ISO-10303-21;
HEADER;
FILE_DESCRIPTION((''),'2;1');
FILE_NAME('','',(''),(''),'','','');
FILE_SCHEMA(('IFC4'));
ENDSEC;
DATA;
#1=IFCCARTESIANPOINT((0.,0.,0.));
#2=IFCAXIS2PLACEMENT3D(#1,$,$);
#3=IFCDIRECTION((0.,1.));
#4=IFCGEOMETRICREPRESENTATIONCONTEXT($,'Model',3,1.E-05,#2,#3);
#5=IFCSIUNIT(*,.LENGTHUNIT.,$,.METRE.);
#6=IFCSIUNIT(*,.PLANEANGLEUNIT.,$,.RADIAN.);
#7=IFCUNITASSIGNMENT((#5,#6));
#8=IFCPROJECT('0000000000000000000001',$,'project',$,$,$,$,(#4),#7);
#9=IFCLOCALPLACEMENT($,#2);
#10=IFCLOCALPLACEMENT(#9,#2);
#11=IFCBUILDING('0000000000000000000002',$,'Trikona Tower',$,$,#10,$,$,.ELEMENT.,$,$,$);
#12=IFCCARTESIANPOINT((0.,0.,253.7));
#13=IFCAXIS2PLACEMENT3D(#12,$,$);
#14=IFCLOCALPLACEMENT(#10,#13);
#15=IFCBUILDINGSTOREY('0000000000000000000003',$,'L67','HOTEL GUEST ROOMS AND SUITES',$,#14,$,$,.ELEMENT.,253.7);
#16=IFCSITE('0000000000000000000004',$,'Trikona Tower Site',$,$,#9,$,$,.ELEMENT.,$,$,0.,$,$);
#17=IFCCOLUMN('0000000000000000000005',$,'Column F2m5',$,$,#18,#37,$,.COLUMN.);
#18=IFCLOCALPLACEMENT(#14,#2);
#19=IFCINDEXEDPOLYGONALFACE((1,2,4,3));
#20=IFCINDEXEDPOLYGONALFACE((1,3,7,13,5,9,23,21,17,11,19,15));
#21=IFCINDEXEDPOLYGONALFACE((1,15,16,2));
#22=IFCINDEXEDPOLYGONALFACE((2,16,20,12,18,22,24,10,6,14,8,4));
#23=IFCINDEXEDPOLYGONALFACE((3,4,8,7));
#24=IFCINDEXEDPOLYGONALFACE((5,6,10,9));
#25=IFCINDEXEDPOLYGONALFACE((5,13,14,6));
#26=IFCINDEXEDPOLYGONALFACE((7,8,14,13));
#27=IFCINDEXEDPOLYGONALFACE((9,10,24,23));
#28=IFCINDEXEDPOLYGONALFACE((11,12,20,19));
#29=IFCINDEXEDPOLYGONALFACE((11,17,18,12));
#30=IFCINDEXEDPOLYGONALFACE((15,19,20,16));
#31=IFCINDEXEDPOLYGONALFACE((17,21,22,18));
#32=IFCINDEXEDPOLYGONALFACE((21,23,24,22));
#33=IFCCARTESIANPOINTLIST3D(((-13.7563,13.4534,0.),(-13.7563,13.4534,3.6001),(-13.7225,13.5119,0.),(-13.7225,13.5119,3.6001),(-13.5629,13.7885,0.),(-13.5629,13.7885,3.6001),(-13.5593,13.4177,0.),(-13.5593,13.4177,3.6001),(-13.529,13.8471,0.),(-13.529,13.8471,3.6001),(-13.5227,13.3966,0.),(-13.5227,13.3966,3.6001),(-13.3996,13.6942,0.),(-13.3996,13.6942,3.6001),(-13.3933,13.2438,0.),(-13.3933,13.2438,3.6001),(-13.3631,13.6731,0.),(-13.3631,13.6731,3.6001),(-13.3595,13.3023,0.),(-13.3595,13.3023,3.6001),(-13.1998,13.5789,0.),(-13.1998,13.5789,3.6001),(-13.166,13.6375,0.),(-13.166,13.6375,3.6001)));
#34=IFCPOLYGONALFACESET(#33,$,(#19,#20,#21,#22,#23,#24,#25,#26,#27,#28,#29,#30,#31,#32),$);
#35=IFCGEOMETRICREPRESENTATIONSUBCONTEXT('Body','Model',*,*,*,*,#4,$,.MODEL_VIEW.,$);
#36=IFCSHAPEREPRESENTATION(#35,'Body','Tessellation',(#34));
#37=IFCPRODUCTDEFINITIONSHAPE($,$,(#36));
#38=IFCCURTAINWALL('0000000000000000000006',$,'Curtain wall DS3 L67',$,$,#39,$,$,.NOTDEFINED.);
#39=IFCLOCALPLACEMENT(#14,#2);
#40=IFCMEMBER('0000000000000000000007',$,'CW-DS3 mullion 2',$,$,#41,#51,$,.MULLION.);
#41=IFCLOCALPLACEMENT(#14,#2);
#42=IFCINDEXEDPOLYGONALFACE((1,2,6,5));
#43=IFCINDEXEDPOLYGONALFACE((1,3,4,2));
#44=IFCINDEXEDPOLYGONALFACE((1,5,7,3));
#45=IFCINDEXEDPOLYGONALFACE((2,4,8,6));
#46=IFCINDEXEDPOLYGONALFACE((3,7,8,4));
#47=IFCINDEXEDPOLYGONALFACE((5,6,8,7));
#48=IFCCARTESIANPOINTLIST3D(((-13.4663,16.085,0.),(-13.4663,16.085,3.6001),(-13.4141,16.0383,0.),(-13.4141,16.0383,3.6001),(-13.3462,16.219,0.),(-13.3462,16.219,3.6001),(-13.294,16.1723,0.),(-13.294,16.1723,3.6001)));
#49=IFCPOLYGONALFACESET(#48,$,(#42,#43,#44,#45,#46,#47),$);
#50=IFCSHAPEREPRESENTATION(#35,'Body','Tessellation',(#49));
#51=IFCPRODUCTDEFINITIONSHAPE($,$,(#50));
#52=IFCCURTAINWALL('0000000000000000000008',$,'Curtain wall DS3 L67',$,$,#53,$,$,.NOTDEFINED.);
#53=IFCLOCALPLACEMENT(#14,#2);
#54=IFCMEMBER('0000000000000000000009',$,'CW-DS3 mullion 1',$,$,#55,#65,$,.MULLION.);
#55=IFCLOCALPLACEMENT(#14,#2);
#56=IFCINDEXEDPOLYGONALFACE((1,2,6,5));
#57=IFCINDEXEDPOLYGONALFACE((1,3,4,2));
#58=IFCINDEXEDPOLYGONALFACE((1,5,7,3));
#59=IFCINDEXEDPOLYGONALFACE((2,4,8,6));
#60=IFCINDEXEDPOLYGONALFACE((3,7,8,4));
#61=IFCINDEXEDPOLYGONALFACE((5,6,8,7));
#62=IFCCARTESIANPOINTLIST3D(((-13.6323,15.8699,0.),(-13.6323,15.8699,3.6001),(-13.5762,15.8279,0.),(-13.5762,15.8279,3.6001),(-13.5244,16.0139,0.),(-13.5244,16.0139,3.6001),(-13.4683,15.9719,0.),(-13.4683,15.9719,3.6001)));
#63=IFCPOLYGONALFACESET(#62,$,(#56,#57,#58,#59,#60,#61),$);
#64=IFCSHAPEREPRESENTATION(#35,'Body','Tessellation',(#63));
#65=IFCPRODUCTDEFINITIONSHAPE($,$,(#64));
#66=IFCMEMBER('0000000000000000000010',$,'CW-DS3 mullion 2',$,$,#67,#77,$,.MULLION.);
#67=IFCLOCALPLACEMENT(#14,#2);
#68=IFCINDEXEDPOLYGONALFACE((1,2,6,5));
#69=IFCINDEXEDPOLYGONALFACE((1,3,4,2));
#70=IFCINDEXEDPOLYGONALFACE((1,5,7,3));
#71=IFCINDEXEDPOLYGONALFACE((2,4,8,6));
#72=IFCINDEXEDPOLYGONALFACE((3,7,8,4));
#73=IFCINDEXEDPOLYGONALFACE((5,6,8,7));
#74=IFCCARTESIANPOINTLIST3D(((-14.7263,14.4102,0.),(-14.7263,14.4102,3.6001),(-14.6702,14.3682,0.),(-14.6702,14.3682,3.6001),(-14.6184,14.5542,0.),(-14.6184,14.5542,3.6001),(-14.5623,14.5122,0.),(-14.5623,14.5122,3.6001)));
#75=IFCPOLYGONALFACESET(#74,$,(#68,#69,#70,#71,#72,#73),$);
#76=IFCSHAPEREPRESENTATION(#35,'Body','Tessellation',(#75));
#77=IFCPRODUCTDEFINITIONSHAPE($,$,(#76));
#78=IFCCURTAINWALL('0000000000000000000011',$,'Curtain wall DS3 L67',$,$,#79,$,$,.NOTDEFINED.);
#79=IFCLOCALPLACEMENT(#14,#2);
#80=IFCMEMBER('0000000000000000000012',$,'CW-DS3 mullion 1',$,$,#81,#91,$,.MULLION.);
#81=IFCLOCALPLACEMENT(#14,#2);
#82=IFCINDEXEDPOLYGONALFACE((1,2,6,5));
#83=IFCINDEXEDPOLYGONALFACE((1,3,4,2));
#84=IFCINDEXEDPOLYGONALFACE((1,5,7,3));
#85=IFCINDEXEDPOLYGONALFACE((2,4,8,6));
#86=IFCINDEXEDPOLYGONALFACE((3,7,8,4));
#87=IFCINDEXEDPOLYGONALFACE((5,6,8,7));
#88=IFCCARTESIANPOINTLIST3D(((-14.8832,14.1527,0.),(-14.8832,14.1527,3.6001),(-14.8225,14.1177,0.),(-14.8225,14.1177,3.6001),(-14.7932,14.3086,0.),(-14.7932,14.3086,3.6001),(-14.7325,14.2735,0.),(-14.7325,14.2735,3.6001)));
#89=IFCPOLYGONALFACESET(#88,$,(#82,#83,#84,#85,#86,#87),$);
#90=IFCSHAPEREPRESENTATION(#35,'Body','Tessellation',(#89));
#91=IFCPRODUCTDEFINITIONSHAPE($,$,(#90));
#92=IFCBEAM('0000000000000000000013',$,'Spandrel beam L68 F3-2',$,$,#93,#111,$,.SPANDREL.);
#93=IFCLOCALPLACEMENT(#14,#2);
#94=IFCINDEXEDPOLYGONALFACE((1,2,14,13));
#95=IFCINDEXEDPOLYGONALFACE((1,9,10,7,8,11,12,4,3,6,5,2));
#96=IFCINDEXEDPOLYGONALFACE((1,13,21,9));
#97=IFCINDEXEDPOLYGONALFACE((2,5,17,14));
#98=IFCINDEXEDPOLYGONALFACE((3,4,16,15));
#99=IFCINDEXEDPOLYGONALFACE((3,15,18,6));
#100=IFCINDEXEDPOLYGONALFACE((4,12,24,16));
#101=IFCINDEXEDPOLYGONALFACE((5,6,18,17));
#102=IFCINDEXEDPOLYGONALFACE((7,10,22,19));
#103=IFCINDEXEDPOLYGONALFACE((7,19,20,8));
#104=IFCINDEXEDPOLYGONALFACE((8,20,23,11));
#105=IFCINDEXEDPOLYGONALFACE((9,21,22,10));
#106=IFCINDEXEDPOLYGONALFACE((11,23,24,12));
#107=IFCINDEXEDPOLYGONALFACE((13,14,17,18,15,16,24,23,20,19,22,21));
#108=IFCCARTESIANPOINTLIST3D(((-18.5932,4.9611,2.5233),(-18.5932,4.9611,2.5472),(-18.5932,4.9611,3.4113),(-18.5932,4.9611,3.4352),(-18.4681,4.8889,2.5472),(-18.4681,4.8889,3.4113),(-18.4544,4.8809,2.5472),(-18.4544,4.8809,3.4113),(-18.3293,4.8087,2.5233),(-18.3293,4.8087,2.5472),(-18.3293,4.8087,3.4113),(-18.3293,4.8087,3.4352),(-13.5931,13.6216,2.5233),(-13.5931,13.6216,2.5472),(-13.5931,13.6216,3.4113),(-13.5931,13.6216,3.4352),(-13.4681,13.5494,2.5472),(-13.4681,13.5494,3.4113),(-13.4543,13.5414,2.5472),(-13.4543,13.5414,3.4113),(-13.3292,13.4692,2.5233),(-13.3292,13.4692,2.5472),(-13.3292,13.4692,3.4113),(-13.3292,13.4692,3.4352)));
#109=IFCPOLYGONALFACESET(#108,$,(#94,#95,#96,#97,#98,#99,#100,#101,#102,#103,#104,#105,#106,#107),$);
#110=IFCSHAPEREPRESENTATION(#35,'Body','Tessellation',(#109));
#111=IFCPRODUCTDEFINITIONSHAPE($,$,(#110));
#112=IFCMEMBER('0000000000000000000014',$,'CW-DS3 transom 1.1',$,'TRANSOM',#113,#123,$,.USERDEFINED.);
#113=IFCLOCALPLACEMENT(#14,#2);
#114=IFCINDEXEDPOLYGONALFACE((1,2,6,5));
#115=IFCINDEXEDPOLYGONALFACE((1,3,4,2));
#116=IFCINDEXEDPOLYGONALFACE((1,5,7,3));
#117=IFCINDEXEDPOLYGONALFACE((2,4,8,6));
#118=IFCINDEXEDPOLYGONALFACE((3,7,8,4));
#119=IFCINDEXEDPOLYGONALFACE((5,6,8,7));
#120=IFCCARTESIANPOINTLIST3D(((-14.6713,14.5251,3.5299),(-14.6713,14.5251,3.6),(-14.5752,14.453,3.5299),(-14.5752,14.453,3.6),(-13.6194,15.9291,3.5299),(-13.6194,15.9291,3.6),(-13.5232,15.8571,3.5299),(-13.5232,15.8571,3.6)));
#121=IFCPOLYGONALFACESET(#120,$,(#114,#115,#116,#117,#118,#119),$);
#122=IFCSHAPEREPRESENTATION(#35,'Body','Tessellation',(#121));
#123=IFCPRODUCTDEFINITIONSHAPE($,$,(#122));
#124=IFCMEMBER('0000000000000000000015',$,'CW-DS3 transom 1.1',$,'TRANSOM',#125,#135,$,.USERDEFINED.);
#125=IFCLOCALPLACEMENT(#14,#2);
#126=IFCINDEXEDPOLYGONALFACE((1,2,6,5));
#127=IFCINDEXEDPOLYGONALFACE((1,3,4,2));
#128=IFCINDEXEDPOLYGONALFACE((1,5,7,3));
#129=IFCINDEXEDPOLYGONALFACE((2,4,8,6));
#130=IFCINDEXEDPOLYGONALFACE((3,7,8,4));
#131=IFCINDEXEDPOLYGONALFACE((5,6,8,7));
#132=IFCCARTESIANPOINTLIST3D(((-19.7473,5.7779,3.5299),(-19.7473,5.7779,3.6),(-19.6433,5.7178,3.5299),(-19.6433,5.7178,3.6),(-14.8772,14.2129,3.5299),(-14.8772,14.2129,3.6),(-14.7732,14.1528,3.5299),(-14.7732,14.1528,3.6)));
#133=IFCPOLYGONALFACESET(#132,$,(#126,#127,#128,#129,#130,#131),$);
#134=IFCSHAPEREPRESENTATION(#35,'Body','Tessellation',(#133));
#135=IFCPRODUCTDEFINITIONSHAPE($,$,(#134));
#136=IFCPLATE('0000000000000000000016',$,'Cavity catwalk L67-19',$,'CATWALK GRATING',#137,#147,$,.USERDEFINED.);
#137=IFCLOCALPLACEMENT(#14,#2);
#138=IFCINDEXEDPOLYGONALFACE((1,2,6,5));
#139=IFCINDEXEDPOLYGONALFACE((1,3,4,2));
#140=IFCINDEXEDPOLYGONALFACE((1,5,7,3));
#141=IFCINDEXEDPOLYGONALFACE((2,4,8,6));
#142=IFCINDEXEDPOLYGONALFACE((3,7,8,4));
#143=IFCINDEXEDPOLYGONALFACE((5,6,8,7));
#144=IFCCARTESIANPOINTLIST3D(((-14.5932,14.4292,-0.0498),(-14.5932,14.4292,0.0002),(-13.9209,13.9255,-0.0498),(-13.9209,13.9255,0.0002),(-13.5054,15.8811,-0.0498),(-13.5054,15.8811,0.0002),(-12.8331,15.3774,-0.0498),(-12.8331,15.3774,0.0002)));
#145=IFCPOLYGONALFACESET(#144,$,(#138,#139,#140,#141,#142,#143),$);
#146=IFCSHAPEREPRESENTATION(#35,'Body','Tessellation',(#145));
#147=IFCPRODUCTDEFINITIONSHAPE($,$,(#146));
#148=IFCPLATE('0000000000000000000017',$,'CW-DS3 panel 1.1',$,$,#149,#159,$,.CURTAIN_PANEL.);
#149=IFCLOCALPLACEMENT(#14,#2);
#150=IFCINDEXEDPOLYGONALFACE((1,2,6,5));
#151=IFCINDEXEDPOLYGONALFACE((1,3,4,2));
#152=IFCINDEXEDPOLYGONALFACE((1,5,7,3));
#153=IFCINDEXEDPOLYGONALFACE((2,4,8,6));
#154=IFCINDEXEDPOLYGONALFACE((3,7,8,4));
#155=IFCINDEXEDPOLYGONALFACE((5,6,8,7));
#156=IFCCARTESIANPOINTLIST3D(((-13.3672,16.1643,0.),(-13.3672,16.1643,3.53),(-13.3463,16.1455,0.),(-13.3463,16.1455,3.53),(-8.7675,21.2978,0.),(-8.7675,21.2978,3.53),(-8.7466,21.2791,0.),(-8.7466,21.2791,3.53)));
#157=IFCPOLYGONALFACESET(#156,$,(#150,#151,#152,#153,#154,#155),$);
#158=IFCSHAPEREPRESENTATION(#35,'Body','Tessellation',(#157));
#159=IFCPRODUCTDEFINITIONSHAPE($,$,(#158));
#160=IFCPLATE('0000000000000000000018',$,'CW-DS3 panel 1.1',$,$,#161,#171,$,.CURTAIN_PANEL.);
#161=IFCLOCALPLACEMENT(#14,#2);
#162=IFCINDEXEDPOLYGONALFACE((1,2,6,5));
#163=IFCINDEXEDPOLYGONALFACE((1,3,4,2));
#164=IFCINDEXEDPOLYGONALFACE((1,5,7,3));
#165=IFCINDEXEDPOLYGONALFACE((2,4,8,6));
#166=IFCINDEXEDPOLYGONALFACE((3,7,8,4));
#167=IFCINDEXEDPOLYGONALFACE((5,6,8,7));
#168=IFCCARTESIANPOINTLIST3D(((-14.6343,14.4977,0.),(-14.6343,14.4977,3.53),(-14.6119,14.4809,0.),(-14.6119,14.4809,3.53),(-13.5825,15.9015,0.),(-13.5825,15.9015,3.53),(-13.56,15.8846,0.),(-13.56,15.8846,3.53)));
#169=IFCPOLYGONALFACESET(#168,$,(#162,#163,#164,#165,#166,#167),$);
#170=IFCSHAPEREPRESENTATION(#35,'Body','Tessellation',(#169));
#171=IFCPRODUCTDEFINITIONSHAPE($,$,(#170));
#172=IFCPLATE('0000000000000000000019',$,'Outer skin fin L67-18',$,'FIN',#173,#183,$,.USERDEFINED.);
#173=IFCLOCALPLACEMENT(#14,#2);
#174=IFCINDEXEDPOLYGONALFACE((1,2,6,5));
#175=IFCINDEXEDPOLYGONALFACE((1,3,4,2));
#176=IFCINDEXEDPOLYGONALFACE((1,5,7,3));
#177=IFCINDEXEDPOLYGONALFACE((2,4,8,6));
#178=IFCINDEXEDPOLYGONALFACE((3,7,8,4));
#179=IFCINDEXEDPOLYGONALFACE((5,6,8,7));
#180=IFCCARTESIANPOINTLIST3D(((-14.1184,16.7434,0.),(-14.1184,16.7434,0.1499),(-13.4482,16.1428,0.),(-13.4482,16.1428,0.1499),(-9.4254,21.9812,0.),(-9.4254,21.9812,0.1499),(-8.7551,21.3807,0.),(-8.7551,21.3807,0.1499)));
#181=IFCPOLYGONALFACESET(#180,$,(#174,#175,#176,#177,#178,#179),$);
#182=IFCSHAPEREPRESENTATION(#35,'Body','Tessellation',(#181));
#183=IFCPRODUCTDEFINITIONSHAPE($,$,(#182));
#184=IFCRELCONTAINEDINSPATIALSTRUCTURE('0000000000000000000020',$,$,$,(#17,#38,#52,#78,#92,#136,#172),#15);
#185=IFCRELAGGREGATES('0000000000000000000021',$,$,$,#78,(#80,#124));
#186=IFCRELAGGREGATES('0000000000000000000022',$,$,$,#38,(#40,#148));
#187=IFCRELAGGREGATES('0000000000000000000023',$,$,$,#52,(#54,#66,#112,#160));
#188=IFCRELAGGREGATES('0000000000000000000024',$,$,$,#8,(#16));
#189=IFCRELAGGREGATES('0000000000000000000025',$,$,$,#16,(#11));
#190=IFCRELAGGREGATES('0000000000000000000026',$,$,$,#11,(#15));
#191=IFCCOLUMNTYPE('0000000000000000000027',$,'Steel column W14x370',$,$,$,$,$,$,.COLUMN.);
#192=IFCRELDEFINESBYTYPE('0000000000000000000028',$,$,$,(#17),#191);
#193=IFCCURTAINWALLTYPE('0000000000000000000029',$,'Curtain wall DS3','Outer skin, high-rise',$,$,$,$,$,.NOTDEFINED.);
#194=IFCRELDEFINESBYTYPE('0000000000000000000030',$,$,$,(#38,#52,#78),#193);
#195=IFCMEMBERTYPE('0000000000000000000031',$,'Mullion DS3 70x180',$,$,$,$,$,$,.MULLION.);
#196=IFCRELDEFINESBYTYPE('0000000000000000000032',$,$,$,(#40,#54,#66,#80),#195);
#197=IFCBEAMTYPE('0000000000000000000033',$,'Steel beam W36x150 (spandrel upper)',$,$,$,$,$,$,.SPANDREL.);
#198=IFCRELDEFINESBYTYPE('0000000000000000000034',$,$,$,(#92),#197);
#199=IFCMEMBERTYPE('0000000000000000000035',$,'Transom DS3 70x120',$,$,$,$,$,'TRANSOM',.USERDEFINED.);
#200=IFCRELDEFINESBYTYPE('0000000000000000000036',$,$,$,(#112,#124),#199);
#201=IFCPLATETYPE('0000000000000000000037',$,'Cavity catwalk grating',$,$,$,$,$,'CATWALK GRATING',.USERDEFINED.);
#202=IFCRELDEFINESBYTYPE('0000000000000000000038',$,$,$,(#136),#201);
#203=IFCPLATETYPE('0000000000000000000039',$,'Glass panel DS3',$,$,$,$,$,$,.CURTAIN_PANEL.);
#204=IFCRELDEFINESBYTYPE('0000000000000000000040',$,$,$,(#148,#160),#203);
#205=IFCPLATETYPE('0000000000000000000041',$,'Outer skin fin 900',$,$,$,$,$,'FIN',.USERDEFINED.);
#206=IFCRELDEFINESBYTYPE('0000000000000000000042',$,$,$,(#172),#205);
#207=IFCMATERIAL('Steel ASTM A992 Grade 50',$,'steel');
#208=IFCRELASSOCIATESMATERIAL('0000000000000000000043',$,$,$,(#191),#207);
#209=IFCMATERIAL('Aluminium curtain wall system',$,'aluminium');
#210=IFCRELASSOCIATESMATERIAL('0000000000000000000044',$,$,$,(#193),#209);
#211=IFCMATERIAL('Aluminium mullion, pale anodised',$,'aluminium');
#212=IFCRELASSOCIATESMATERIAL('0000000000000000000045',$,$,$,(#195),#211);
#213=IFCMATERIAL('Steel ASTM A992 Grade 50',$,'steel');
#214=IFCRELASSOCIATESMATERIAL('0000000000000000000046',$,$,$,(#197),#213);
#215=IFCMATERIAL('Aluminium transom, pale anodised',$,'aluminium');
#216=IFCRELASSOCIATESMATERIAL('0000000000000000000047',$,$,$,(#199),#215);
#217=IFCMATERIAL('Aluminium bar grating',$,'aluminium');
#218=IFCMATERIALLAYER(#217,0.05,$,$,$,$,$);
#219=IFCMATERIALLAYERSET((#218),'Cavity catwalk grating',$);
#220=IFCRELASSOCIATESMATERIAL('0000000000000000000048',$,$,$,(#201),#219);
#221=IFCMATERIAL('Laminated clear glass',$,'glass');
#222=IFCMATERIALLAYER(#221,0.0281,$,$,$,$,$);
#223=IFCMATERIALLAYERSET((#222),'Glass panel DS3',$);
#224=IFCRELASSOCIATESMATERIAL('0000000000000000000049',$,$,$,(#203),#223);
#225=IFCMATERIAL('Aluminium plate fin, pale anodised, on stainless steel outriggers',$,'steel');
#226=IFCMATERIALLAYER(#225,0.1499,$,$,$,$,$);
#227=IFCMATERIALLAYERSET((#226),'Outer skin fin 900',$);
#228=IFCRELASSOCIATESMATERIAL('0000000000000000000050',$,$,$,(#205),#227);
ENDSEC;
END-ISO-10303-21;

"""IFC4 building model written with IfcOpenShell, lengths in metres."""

from ifc_helpers import new_model, si_unit, direction, frame, origin, origin_2d, place, context, subcontext, project, spatial, rectangle, i_section, extrude, material, layer, layer_set, material_profile, profile_set, type_object, element, aggregate, save


model = new_model("IFC4")

# Units and contexts
model_context = context("Model", 3, precision=1e-05, world=origin(), true_north=direction((0.0, 1.0)))
body_context = subcontext(model_context, "Body", "Model", "MODEL_VIEW")
ifc_project = project(units=[si_unit("LENGTHUNIT", "METRE"), si_unit("PLANEANGLEUNIT", "RADIAN")], contexts=[model_context])

# Site, building, storey
site_placement = place(None, origin())
site = spatial("IfcSite", under=ifc_project, at=site_placement, Name="Trikona Tower Site", CompositionType="ELEMENT", RefElevation=0.0)
building_placement = place(site_placement, origin())
building = spatial("IfcBuilding", under=site, at=building_placement, Name="Trikona Tower", CompositionType="ELEMENT")
storey_placement = place(building_placement, frame((0.0, 0.0, 253.7)))
storey = spatial("IfcBuildingStorey", under=building, at=storey_placement, Name="L67", Description="HOTEL GUEST ROOMS AND SUITES", CompositionType="ELEMENT", Elevation=253.7)

# Column
ifc_material_1 = material(Name="Steel ASTM A992 Grade 50", Category="steel")
ifc_material_profile_1 = material_profile(ifc_material_1, i_section(OverallWidth=0.4192, OverallDepth=0.4546, WebThickness=0.0422, FlangeThickness=0.0676, at=origin_2d()), Name="W14X370")
ifc_profile_set_1 = profile_set([ifc_material_profile_1], Name="Steel ASTM A992 Grade 50")
column_type = type_object("IfcColumnType", Name="Steel column W14x370", PredefinedType="COLUMN", material=ifc_profile_set_1)
column_placement = place(storey_placement, frame((-13.4612, 13.5454, 0.0), z_axis=(0.0, 0.0, 1.0), x_axis=(-0.866025, 0.5, 0.0)))
element("IfcColumn", 1, at=column_placement, inside=storey, type_object=column_type, Name="Column F2m5", PredefinedType="COLUMN", context=body_context, shape_type="SweptSolid", body=[
    extrude(i_section(OverallWidth=0.4192, OverallDepth=0.4546, WebThickness=0.0422, FlangeThickness=0.0676, at=origin_2d()), origin(), (0.0, 0.0, 1.0), 3.6001),
])

# Curtain wall, member
ifc_material_2 = material(Name="Aluminium curtain wall system", Category="aluminium")
curtain_wall_type = type_object("IfcCurtainWallType", Name="Curtain wall DS3", Description="Outer skin, high-rise", PredefinedType="NOTDEFINED", material=ifc_material_2)
curtain_wall_1_placement = place(storey_placement, origin())
curtain_wall_1 = element("IfcCurtainWall", 2, at=curtain_wall_1_placement, inside=storey, type_object=curtain_wall_type, Name="Curtain wall DS3 L67", PredefinedType="NOTDEFINED")
ifc_material_3 = material(Name="Aluminium mullion, pale anodised", Category="aluminium")
ifc_material_profile_2 = material_profile(ifc_material_3, rectangle(XDim=0.0701, YDim=0.1799, at=origin_2d()), Name="MUL-DS3")
ifc_profile_set_2 = profile_set([ifc_material_profile_2], Name="Aluminium mullion, pale anodised")
member_type_1 = type_object("IfcMemberType", Name="Mullion DS3 70x180", PredefinedType="MULLION", material=ifc_profile_set_2)
member_1_placement = place(storey_placement, frame((-13.3801, 16.1287, 0.0), z_axis=(0.0, 0.0, 1.0), x_axis=(0.744771, -0.66732, 0.0)))
member_1 = element("IfcMember", 3, at=member_1_placement, type_object=member_type_1, Name="CW-DS3 mullion 2", PredefinedType="MULLION", context=body_context, shape_type="SweptSolid", body=[
    extrude(rectangle(XDim=0.0701, YDim=0.1799, at=origin_2d()), origin(), (0.0, 0.0, 1.0), 3.6001),
])

# Curtain wall, members
curtain_wall_2_placement = place(storey_placement, origin())
curtain_wall_2 = element("IfcCurtainWall", 4, at=curtain_wall_2_placement, inside=storey, type_object=curtain_wall_type, Name="Curtain wall DS3 L67", PredefinedType="NOTDEFINED")
member_2_placement = place(storey_placement, frame((-13.5503, 15.9209, 0.0), z_axis=(0.0, 0.0, 1.0), x_axis=(0.80026, -0.599654, 0.0)))
member_2 = element("IfcMember", 5, at=member_2_placement, type_object=member_type_1, Name="CW-DS3 mullion 1", PredefinedType="MULLION", context=body_context, shape_type="SweptSolid", body=[
    extrude(rectangle(XDim=0.0701, YDim=0.1799, at=origin_2d()), origin(), (0.0, 0.0, 1.0), 3.6001),
])
member_3_placement = place(storey_placement, frame((-14.6443, 14.4612, 0.0), z_axis=(0.0, 0.0, 1.0), x_axis=(0.80026, -0.599654, 0.0)))
member_3 = element("IfcMember", 6, at=member_3_placement, type_object=member_type_1, Name="CW-DS3 mullion 2", PredefinedType="MULLION", context=body_context, shape_type="SweptSolid", body=[
    extrude(rectangle(XDim=0.0701, YDim=0.1799, at=origin_2d()), origin(), (0.0, 0.0, 1.0), 3.6001),
])

# Curtain wall, member
curtain_wall_3_placement = place(storey_placement, origin())
curtain_wall_3 = element("IfcCurtainWall", 7, at=curtain_wall_3_placement, inside=storey, type_object=curtain_wall_type, Name="Curtain wall DS3 L67", PredefinedType="NOTDEFINED")
member_4_placement = place(storey_placement, frame((-14.8079, 14.2131, 0.0), z_axis=(0.0, 0.0, 1.0), x_axis=(0.866025, -0.500001, 0.0)))
member_4 = element("IfcMember", 8, at=member_4_placement, type_object=member_type_1, Name="CW-DS3 mullion 1", PredefinedType="MULLION", context=body_context, shape_type="SweptSolid", body=[
    extrude(rectangle(XDim=0.0701, YDim=0.1799, at=origin_2d()), origin(), (0.0, 0.0, 1.0), 3.6001),
])

# Beam
ifc_material_4 = material(Name="Steel ASTM A992 Grade 50", Category="steel")
ifc_material_profile_3 = material_profile(ifc_material_4, i_section(OverallWidth=0.3047, OverallDepth=0.9119, WebThickness=0.0159, FlangeThickness=0.0239, at=origin_2d()), Name="W36X150")
ifc_profile_set_3 = profile_set([ifc_material_profile_3], Name="Steel ASTM A992 Grade 50")
beam_type = type_object("IfcBeamType", Name="Steel beam W36x150 (spandrel upper)", PredefinedType="SPANDREL", material=ifc_profile_set_3)
beam_placement = place(storey_placement, frame((-13.4612, 13.5454, 2.9792), z_axis=(-0.499994, -0.866029, 0.0), x_axis=(0.866029, -0.499994, 0.0)))
element("IfcBeam", 9, at=beam_placement, inside=storey, type_object=beam_type, Name="Spandrel beam L68 F3-2", PredefinedType="SPANDREL", context=body_context, shape_type="SweptSolid", body=[
    extrude(i_section(OverallWidth=0.3047, OverallDepth=0.9119, WebThickness=0.0159, FlangeThickness=0.0239, at=origin_2d()), origin(), (0.0, 0.0, 1.0), 10.0002),
])

# Members
ifc_material_5 = material(Name="Aluminium transom, pale anodised", Category="aluminium")
ifc_material_profile_4 = material_profile(ifc_material_5, rectangle(XDim=0.1201, YDim=0.0701, at=origin_2d()), Name="TRN-DS3")
ifc_profile_set_4 = profile_set([ifc_material_profile_4], Name="Aluminium transom, pale anodised")
member_type_2 = type_object("IfcMemberType", Name="Transom DS3 70x120", ElementType="TRANSOM", PredefinedType="USERDEFINED", material=ifc_profile_set_4)
member_5_placement = place(storey_placement, frame((-13.5713, 15.8931, 3.5649), z_axis=(-0.599621, -0.800284, 0.0), x_axis=(0.800284, -0.599621, 0.0)))
member_5 = element("IfcMember", 10, at=member_5_placement, type_object=member_type_2, Name="CW-DS3 transom 1.1", ObjectType="TRANSOM", PredefinedType="USERDEFINED", context=body_context, shape_type="SweptSolid", body=[
    extrude(rectangle(XDim=0.1201, YDim=0.0701, at=origin_2d()), origin(), (0.0, 0.0, 1.0), 1.7544),
])
member_6_placement = place(storey_placement, frame((-14.8252, 14.1829, 3.5649), z_axis=(-0.50001, -0.866019, 0.0), x_axis=(0.866019, -0.50001, 0.0)))
member_6 = element("IfcMember", 11, at=member_6_placement, type_object=member_type_2, Name="CW-DS3 transom 1.1", ObjectType="TRANSOM", PredefinedType="USERDEFINED", context=body_context, shape_type="SweptSolid", body=[
    extrude(rectangle(XDim=0.1201, YDim=0.0701, at=origin_2d()), origin(), (0.0, 0.0, 1.0), 9.74),
])
aggregate(curtain_wall_3, [member_4, member_6])

# Plates
ifc_material_6 = material(Name="Aluminium bar grating", Category="aluminium")
ifc_layer_1 = layer(ifc_material_6, 0.05)
ifc_layer_set_1 = layer_set([ifc_layer_1], Name="Cavity catwalk grating")
plate_type_1 = type_object("IfcPlateType", Name="Cavity catwalk grating", ElementType="CATWALK GRATING", PredefinedType="USERDEFINED", material=ifc_layer_set_1)
plate_1_placement = place(storey_placement, frame((-13.7131, 14.9033, -0.0498), z_axis=(0.0, 0.0, 1.0), x_axis=(-0.599619, -0.800286, 0.0)))
element("IfcPlate", 12, at=plate_1_placement, inside=storey, type_object=plate_type_1, Name="Cavity catwalk L67-19", ObjectType="CATWALK GRATING", PredefinedType="USERDEFINED", context=body_context, shape_type="SweptSolid", body=[
    extrude(rectangle(XDim=1.8142, YDim=0.8401, at=origin_2d()), origin(), (0.0, 0.0, 1.0), 0.05),
])
ifc_material_7 = material(Name="Laminated clear glass", Category="glass")
ifc_layer_2 = layer(ifc_material_7, 0.0281)
ifc_layer_set_2 = layer_set([ifc_layer_2], Name="Glass panel DS3")
plate_type_2 = type_object("IfcPlateType", Name="Glass panel DS3", PredefinedType="CURTAIN_PANEL", material=ifc_layer_set_2)
plate_2_placement = place(storey_placement, frame((-11.0569, 18.7217, 0.0), z_axis=(0.0, 0.0, 1.0), x_axis=(-0.66732, -0.744771, 0.0)))
plate_2 = element("IfcPlate", 13, at=plate_2_placement, type_object=plate_type_2, Name="CW-DS3 panel 1.1", PredefinedType="CURTAIN_PANEL", context=body_context, shape_type="SweptSolid", body=[
    extrude(rectangle(XDim=6.8928, YDim=0.0281, at=origin_2d()), origin(), (0.0, 0.0, 1.0), 3.53),
])
aggregate(curtain_wall_1, [member_1, plate_2])
plate_3_placement = place(storey_placement, frame((-14.0972, 15.1912, 0.0), z_axis=(0.0, 0.0, 1.0), x_axis=(-0.599654, -0.80026, 0.0)))
plate_3 = element("IfcPlate", 14, at=plate_3_placement, type_object=plate_type_2, Name="CW-DS3 panel 1.1", PredefinedType="CURTAIN_PANEL", context=body_context, shape_type="SweptSolid", body=[
    extrude(rectangle(XDim=1.7542, YDim=0.0281, at=origin_2d()), origin(), (0.0, 0.0, 1.0), 3.53),
])
aggregate(curtain_wall_2, [member_2, member_3, member_5, plate_3])

# Plate
ifc_material_8 = material(Name="Aluminium plate fin, pale anodised, on stainless steel outriggers", Category="steel")
ifc_layer_3 = layer(ifc_material_8, 0.1499)
ifc_layer_set_3 = layer_set([ifc_layer_3], Name="Outer skin fin 900")
plate_type_3 = type_object("IfcPlateType", Name="Outer skin fin 900", ElementType="FIN", PredefinedType="USERDEFINED", material=ifc_layer_set_3)
plate_4_placement = place(storey_placement, frame((-11.4368, 19.062, 0.0), z_axis=(0.0, 0.0, 1.0), x_axis=(-0.667311, -0.744779, 0.0)))
element("IfcPlate", 15, at=plate_4_placement, inside=storey, type_object=plate_type_3, Name="Outer skin fin L67-18", ObjectType="FIN", PredefinedType="USERDEFINED", context=body_context, shape_type="SweptSolid", body=[
    extrude(rectangle(XDim=7.0327, YDim=0.8999, at=origin_2d()), origin(), (0.0, 0.0, 1.0), 0.1499),
])

save(model, "model.ifc")
